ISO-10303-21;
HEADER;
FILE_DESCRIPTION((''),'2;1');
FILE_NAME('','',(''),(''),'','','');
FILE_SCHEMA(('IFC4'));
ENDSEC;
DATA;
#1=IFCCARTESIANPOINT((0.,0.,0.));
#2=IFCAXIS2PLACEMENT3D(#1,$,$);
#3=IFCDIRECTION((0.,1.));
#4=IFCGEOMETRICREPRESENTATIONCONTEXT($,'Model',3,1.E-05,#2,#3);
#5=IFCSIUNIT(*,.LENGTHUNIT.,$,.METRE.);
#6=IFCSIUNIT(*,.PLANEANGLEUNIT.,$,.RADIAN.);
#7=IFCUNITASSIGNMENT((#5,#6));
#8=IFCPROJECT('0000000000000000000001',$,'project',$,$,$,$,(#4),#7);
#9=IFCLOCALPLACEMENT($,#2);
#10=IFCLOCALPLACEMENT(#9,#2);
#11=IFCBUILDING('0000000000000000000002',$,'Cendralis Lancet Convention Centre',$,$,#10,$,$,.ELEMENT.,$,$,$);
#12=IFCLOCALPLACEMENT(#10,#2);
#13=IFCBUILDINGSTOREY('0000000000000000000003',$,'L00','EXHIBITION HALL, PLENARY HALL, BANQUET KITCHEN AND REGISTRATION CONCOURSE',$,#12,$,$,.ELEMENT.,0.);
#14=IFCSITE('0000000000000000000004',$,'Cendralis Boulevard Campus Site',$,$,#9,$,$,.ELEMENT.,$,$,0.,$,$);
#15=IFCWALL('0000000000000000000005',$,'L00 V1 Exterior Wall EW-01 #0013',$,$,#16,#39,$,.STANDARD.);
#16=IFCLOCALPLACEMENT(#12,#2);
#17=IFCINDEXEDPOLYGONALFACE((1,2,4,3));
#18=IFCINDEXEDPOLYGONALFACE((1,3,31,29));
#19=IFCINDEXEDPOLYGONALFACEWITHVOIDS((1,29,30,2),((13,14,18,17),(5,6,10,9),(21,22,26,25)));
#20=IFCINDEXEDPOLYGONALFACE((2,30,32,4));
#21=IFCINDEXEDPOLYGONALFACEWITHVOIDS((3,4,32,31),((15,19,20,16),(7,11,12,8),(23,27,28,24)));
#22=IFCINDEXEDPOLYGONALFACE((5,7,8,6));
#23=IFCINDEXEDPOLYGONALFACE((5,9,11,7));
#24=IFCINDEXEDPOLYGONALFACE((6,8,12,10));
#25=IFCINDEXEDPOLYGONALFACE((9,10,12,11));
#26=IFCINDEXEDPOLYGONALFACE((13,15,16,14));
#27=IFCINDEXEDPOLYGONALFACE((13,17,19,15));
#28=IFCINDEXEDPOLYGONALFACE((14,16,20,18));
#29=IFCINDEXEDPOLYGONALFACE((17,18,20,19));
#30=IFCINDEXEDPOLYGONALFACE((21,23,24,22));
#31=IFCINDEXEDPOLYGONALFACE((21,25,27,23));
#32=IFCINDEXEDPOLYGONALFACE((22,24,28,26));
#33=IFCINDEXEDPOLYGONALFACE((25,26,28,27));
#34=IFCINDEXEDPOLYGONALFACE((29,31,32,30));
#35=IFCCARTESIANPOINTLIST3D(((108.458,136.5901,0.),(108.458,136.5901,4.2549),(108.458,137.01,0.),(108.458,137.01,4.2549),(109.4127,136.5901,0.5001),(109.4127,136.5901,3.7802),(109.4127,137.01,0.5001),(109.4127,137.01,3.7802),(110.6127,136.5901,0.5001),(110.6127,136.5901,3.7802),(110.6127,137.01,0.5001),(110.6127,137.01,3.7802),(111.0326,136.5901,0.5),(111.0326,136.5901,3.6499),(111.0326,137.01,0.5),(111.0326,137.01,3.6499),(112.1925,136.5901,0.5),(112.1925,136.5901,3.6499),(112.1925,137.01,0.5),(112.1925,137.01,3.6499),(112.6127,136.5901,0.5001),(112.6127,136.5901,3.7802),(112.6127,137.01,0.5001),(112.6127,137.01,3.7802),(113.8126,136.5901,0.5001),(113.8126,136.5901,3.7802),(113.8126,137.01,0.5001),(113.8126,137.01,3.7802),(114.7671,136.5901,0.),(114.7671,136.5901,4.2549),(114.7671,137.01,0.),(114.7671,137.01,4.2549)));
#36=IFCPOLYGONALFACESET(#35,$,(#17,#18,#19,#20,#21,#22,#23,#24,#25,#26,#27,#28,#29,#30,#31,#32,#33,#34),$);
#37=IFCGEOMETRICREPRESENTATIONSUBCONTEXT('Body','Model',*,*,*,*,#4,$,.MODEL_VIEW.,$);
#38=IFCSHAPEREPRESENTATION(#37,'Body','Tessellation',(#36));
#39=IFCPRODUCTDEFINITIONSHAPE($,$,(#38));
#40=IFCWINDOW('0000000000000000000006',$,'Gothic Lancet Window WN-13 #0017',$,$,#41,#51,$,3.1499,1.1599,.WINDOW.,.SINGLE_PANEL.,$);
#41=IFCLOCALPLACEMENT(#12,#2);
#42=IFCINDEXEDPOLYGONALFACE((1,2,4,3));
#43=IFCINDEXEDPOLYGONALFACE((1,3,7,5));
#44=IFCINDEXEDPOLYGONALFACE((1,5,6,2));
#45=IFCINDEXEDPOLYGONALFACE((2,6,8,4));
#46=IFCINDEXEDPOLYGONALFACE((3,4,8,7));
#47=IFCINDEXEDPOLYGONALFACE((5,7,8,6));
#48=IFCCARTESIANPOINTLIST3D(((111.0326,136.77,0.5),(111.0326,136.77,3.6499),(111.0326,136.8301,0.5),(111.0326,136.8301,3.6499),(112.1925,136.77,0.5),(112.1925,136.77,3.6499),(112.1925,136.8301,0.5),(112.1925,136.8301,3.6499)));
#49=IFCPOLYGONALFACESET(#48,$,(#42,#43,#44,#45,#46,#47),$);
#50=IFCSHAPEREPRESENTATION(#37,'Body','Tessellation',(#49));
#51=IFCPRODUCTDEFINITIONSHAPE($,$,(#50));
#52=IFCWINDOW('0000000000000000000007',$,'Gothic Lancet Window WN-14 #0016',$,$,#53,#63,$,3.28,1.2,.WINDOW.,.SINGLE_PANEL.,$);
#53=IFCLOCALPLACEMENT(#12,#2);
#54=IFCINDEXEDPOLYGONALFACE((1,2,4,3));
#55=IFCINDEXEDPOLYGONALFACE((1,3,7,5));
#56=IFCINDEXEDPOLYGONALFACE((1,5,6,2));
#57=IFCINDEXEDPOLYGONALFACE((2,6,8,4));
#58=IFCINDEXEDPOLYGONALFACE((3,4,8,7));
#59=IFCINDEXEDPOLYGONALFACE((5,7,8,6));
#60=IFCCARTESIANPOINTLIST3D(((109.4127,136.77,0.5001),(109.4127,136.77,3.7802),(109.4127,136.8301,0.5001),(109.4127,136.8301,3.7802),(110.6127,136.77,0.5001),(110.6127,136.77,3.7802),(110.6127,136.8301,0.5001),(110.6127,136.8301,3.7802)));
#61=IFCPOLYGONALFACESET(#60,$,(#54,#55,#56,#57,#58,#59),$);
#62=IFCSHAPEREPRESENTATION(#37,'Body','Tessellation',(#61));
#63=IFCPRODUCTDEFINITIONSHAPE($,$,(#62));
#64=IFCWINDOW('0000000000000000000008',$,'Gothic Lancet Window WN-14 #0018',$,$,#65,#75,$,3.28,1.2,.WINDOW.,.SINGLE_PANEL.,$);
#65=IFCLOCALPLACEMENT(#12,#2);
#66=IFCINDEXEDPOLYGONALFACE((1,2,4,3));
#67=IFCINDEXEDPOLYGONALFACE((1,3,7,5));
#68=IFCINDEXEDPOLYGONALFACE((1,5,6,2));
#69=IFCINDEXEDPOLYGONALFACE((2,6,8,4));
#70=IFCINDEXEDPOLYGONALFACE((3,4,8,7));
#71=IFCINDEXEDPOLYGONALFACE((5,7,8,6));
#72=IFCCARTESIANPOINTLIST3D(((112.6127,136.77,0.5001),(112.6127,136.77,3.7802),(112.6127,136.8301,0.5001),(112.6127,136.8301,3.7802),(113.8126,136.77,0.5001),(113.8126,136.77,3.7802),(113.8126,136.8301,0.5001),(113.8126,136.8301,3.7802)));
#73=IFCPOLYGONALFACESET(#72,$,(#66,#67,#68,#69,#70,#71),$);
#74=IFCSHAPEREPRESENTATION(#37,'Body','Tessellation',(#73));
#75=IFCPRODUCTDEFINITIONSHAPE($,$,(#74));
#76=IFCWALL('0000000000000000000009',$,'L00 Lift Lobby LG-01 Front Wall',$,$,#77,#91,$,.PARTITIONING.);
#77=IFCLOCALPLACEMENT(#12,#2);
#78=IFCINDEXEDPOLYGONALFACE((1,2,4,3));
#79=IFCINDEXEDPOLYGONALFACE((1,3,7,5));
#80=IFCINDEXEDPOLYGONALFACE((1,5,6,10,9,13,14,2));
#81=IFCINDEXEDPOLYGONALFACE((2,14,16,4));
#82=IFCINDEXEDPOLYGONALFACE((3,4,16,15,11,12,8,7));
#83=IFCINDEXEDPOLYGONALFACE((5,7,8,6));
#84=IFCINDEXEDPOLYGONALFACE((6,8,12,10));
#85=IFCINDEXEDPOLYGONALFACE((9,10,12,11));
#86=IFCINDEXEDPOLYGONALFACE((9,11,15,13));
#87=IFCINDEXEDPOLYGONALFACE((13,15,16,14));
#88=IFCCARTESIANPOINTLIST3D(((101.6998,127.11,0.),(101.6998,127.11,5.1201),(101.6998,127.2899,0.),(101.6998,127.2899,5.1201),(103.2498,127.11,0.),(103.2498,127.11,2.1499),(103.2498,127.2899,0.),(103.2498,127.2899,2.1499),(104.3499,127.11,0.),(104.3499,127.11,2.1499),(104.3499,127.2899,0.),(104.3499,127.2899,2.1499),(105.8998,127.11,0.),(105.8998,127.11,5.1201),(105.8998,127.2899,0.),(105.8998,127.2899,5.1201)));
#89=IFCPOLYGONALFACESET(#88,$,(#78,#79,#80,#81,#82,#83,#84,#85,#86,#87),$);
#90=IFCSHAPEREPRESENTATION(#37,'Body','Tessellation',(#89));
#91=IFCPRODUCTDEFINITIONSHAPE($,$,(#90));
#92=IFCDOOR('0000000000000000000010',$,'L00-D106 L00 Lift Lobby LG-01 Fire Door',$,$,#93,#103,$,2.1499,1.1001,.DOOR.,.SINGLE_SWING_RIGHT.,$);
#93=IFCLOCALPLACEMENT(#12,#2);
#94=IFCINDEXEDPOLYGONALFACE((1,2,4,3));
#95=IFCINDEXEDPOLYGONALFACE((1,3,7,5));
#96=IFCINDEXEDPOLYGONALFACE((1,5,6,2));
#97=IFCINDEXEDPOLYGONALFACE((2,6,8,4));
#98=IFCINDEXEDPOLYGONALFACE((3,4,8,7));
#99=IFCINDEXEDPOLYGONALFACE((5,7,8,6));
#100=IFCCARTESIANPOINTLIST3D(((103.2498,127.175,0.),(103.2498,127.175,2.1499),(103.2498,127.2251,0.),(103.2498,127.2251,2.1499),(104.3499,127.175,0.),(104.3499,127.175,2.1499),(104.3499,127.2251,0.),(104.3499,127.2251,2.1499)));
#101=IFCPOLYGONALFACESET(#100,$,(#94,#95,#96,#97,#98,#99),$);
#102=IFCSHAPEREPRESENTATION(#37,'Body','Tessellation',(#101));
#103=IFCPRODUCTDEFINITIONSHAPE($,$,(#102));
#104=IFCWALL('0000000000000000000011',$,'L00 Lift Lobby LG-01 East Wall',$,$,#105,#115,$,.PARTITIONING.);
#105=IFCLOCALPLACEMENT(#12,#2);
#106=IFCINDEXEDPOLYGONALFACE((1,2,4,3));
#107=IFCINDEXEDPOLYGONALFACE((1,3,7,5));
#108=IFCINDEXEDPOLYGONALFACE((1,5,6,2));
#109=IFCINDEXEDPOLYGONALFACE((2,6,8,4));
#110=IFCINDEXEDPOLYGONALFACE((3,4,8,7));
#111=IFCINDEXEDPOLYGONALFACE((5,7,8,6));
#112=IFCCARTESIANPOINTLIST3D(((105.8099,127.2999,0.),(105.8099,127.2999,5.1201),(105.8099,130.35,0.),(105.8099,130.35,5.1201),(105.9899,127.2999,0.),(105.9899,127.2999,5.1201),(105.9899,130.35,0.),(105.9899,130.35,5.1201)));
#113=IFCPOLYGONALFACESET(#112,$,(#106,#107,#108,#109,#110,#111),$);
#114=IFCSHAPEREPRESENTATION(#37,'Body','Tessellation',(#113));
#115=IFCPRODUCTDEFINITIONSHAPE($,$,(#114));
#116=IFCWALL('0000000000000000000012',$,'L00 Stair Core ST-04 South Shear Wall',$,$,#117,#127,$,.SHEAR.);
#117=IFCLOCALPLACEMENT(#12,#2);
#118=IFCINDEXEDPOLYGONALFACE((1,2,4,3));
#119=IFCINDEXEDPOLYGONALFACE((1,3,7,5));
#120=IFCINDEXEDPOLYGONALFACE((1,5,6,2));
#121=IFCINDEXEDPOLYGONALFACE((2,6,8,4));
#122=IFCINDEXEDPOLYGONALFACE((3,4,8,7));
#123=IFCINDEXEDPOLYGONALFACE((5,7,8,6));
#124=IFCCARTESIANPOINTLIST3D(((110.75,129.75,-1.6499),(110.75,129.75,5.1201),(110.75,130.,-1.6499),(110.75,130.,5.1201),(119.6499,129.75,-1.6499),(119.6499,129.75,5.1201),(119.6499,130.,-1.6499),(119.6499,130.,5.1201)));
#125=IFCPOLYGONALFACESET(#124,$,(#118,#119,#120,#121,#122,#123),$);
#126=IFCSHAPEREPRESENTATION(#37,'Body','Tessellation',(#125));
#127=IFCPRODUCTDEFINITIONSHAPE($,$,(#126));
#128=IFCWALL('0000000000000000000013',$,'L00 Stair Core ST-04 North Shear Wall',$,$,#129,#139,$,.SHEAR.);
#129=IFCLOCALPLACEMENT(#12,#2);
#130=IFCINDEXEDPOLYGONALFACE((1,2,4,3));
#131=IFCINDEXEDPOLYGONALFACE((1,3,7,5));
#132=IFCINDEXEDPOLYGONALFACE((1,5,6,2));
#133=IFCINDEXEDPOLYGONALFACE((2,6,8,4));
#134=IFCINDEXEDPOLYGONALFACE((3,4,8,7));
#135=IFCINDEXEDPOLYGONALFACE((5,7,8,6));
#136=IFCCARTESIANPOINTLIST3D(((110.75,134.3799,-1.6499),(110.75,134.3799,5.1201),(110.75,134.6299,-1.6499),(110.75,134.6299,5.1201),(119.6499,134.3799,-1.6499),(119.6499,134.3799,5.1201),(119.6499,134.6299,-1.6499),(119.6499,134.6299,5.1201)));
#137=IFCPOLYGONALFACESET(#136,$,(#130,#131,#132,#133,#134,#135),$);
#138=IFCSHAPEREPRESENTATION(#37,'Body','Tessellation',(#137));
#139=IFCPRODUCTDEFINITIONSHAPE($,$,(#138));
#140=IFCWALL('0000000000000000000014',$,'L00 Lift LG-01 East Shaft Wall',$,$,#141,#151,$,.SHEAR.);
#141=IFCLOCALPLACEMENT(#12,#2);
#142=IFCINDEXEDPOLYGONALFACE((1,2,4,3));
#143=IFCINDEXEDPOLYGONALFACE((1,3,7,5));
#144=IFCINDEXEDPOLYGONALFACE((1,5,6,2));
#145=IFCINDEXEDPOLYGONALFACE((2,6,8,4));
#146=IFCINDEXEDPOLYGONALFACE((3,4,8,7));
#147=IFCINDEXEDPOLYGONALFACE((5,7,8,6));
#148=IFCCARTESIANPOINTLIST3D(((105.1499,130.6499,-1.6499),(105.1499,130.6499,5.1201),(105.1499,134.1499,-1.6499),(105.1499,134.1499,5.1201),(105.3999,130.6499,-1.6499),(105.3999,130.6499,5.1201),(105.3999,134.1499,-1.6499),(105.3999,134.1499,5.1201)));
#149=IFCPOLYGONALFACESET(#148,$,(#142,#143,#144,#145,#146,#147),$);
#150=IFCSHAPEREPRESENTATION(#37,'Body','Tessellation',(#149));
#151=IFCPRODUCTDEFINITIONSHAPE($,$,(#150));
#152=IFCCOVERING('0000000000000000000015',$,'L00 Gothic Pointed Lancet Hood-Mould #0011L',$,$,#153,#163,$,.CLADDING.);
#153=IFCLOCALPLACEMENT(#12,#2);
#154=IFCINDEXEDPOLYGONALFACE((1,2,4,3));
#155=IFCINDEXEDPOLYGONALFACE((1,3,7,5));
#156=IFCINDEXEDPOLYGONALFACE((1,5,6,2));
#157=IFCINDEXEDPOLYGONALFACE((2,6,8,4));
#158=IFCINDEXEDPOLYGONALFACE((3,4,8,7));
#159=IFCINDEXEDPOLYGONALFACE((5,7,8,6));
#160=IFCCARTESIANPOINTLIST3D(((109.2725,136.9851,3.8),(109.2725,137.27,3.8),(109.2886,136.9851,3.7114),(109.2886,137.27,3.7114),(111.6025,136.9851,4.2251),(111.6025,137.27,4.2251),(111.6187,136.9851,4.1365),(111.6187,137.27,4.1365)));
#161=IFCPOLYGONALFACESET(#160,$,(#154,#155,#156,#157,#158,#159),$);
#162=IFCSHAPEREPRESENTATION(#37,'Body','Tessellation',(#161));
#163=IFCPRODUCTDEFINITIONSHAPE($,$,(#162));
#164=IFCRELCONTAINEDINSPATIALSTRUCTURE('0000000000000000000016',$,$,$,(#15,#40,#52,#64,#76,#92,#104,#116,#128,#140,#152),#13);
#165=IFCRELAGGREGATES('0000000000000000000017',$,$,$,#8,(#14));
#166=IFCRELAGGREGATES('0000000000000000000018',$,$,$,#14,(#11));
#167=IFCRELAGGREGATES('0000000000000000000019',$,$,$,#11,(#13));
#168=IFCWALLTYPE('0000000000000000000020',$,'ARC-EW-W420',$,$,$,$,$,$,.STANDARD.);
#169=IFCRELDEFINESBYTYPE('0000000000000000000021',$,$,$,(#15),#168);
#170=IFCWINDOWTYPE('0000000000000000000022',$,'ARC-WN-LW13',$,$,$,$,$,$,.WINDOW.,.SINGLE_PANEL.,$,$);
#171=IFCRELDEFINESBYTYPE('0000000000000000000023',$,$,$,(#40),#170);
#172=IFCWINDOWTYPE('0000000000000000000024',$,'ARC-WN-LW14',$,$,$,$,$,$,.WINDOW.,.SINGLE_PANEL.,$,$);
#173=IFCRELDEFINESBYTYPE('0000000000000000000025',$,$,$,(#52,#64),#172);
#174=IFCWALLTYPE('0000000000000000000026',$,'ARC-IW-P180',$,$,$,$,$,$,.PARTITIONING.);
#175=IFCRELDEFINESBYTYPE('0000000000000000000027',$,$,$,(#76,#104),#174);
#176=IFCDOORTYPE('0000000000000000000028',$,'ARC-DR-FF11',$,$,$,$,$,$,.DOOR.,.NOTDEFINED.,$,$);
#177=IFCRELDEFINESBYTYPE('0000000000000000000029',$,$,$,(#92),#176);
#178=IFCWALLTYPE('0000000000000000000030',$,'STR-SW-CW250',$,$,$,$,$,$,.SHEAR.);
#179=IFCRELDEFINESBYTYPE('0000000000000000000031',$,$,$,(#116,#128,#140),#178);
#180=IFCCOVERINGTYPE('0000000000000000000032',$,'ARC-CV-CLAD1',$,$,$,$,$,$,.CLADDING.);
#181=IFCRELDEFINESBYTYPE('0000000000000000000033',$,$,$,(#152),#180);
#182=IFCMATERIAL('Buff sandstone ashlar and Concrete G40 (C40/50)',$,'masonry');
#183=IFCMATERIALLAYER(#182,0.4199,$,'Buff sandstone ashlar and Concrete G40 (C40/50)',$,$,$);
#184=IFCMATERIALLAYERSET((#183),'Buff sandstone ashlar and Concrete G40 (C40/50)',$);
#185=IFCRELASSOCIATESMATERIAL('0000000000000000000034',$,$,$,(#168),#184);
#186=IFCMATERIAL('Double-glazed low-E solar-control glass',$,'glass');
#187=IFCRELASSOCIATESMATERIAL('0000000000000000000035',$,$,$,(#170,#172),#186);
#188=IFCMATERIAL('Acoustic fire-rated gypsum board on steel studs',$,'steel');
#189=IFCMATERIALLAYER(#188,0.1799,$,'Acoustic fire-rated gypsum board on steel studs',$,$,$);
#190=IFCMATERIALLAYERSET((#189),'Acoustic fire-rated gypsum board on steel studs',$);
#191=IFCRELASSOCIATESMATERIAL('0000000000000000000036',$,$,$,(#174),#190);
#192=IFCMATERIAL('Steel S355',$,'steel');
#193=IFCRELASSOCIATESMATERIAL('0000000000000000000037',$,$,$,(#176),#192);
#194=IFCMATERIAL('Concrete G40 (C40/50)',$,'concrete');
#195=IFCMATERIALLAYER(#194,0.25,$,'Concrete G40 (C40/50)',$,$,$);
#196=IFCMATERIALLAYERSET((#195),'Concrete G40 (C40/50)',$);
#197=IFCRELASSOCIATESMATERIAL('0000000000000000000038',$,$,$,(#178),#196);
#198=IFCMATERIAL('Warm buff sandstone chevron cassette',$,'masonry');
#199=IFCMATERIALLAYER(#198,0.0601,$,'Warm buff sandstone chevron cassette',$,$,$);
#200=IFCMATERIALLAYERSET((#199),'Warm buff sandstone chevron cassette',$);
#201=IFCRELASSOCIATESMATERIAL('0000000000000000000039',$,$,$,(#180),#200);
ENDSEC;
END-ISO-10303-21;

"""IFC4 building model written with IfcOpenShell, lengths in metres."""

from ifc_helpers import new_model, si_unit, direction, frame, frame_2d, origin, place, context, subcontext, project, spatial, polyline, rectangle, outline, extrude, material, layer, layer_set, type_object, element, fill, save


model = new_model("IFC4")

# Units and contexts
model_context = context("Model", 3, precision=1e-05, world=origin(), true_north=direction((0.0, 1.0)))
body_context = subcontext(model_context, "Body", "Model", "MODEL_VIEW")
ifc_project = project(units=[si_unit("LENGTHUNIT", "METRE"), si_unit("PLANEANGLEUNIT", "RADIAN")], contexts=[model_context])

# Site, building, storey
site_placement = place(None, origin())
site = spatial("IfcSite", under=ifc_project, at=site_placement, Name="Cendralis Boulevard Campus Site", CompositionType="ELEMENT", RefElevation=0.0)
building_placement = place(site_placement, origin())
building = spatial("IfcBuilding", under=site, at=building_placement, Name="Cendralis Lancet Convention Centre", CompositionType="ELEMENT")
storey_placement = place(building_placement, origin())
storey = spatial("IfcBuildingStorey", under=building, at=storey_placement, Name="L00", Description="EXHIBITION HALL, PLENARY HALL, BANQUET KITCHEN AND REGISTRATION CONCOURSE", CompositionType="ELEMENT", Elevation=0.0)

# Shared definitions
ifc_material_1 = material(Name="Concrete G40 (C40/50)", Category="concrete")

# Wall, openings, windows
ifc_material_2 = material(Name="Buff sandstone ashlar and Concrete G40 (C40/50)", Category="masonry")
ifc_layer_1 = layer(ifc_material_2, 0.4199, Name="Buff sandstone ashlar and Concrete G40 (C40/50)")
ifc_layer_set_1 = layer_set([ifc_layer_1], Name="Buff sandstone ashlar and Concrete G40 (C40/50)")
wall_type_1 = type_object("IfcWallType", Name="ARC-EW-W420", PredefinedType="STANDARD", material=ifc_layer_set_1)
wall_1_placement = place(storey_placement, frame((108.458, 136.8, 0.0), z_axis=(0.0, 0.0, 1.0), x_axis=(1.0, 0.0, 0.0)))
wall_1 = element("IfcWall", 1, at=wall_1_placement, inside=storey, type_object=wall_type_1, Name="L00 V1 Exterior Wall EW-01 #0013", PredefinedType="STANDARD", context=body_context, shape_type="SweptSolid", body=[
    extrude(rectangle(XDim=6.3091, YDim=0.4199, at=frame_2d((3.1545, 0.0))), origin(), (0.0, 0.0, 1.0), 4.2549),
])
opening_1_placement = place(wall_1_placement, frame((0.9546, 0.0, 0.5)))
opening_1 = element("IfcOpeningElement", 2, at=opening_1_placement, cuts=wall_1, PredefinedType="OPENING", context=body_context, shape_type="SweptSolid", body=[
    extrude(rectangle(XDim=1.2, YDim=3.28, at=frame_2d((0.6001, 1.6401))), frame((0.0, 0.22, 0.0), z_axis=(0.0, -1.0, 0.0), x_axis=(1.0, 0.0, 0.0)), (0.0, 0.0, 1.0), 0.4399),
])
opening_2_placement = place(wall_1_placement, frame((2.5745, 0.0, 0.5)))
opening_2 = element("IfcOpeningElement", 3, at=opening_2_placement, cuts=wall_1, PredefinedType="OPENING", context=body_context, shape_type="SweptSolid", body=[
    extrude(rectangle(XDim=1.1599, YDim=3.1499, at=frame_2d((0.5801, 1.575))), frame((0.0, 0.22, 0.0), z_axis=(0.0, -1.0, 0.0), x_axis=(1.0, 0.0, 0.0)), (0.0, 0.0, 1.0), 0.4399),
])
opening_3_placement = place(wall_1_placement, frame((4.1545, 0.0, 0.5)))
opening_3 = element("IfcOpeningElement", 4, at=opening_3_placement, cuts=wall_1, PredefinedType="OPENING", context=body_context, shape_type="SweptSolid", body=[
    extrude(rectangle(XDim=1.2, YDim=3.28, at=frame_2d((0.6001, 1.6401))), frame((0.0, 0.22, 0.0), z_axis=(0.0, -1.0, 0.0), x_axis=(1.0, 0.0, 0.0)), (0.0, 0.0, 1.0), 0.4399),
])
ifc_material_3 = material(Name="Double-glazed low-E solar-control glass", Category="glass")
window_type_1 = type_object("IfcWindowType", Name="ARC-WN-LW13", PartitioningType="SINGLE_PANEL", PredefinedType="WINDOW", material=ifc_material_3)
window_1_placement = place(opening_2_placement, origin())
window_1 = element("IfcWindow", 5, at=window_1_placement, inside=storey, type_object=window_type_1, Name="Gothic Lancet Window WN-13 #0017", OverallHeight=3.1499, OverallWidth=1.1599, PartitioningType="SINGLE_PANEL", PredefinedType="WINDOW", context=body_context, shape_type="SweptSolid", body=[
    extrude(rectangle(XDim=1.1599, YDim=3.1499, at=frame_2d((0.5801, 1.575))), frame((0.0, 0.03, 0.0), z_axis=(0.0, -1.0, 0.0), x_axis=(1.0, 0.0, 0.0)), (0.0, 0.0, 1.0), 0.0601),
])
fill(opening_2, window_1)
window_type_2 = type_object("IfcWindowType", Name="ARC-WN-LW14", PartitioningType="SINGLE_PANEL", PredefinedType="WINDOW", material=ifc_material_3)
window_2_placement = place(opening_1_placement, origin())
window_2 = element("IfcWindow", 6, at=window_2_placement, inside=storey, type_object=window_type_2, Name="Gothic Lancet Window WN-14 #0016", OverallHeight=3.28, OverallWidth=1.2, PartitioningType="SINGLE_PANEL", PredefinedType="WINDOW", context=body_context, shape_type="SweptSolid", body=[
    extrude(rectangle(XDim=1.2, YDim=3.28, at=frame_2d((0.6001, 1.6401))), frame((0.0, 0.03, 0.0), z_axis=(0.0, -1.0, 0.0), x_axis=(1.0, 0.0, 0.0)), (0.0, 0.0, 1.0), 0.0601),
])
fill(opening_1, window_2)
window_3_placement = place(opening_3_placement, origin())
window_3 = element("IfcWindow", 7, at=window_3_placement, inside=storey, type_object=window_type_2, Name="Gothic Lancet Window WN-14 #0018", OverallHeight=3.28, OverallWidth=1.2, PartitioningType="SINGLE_PANEL", PredefinedType="WINDOW", context=body_context, shape_type="SweptSolid", body=[
    extrude(rectangle(XDim=1.2, YDim=3.28, at=frame_2d((0.6001, 1.6401))), frame((0.0, 0.03, 0.0), z_axis=(0.0, -1.0, 0.0), x_axis=(1.0, 0.0, 0.0)), (0.0, 0.0, 1.0), 0.0601),
])
fill(opening_3, window_3)

# Wall, opening, door
ifc_material_4 = material(Name="Acoustic fire-rated gypsum board on steel studs", Category="steel")
ifc_layer_2 = layer(ifc_material_4, 0.1799, Name="Acoustic fire-rated gypsum board on steel studs")
ifc_layer_set_2 = layer_set([ifc_layer_2], Name="Acoustic fire-rated gypsum board on steel studs")
wall_type_2 = type_object("IfcWallType", Name="ARC-IW-P180", PredefinedType="PARTITIONING", material=ifc_layer_set_2)
wall_2_placement = place(storey_placement, frame((105.8999, 127.2, 0.0), z_axis=(0.0, 0.0, 1.0), x_axis=(-1.0, 0.0, 0.0)))
wall_2 = element("IfcWall", 8, at=wall_2_placement, inside=storey, type_object=wall_type_2, Name="L00 Lift Lobby LG-01 Front Wall", PredefinedType="PARTITIONING", context=body_context, shape_type="SweptSolid", body=[
    extrude(rectangle(XDim=4.2, YDim=0.1799, at=frame_2d((2.1001, 0.0))), origin(), (0.0, 0.0, 1.0), 5.1201),
])
opening_4_placement = place(wall_2_placement, frame((1.55, 0.0, 0.0)))
opening_4 = element("IfcOpeningElement", 9, at=opening_4_placement, cuts=wall_2, PredefinedType="OPENING", context=body_context, shape_type="SweptSolid", body=[
    extrude(rectangle(XDim=1.1001, YDim=2.1499, at=frame_2d((0.55, 1.075))), frame((0.0, 0.0999, 0.0), z_axis=(0.0, -1.0, 0.0), x_axis=(1.0, 0.0, 0.0)), (0.0, 0.0, 1.0), 0.2),
])
ifc_material_5 = material(Name="Steel S355", Category="steel")
door_type = type_object("IfcDoorType", Name="ARC-DR-FF11", OperationType="NOTDEFINED", PredefinedType="DOOR", material=ifc_material_5)
door_placement = place(opening_4_placement, origin())
door = element("IfcDoor", 10, at=door_placement, inside=storey, type_object=door_type, Name="L00-D106 L00 Lift Lobby LG-01 Fire Door", OperationType="SINGLE_SWING_RIGHT", OverallHeight=2.1499, OverallWidth=1.1001, PredefinedType="DOOR", context=body_context, shape_type="SweptSolid", body=[
    extrude(rectangle(XDim=1.1001, YDim=2.1499, at=frame_2d((0.55, 1.075))), frame((0.0, 0.0249, 0.0), z_axis=(0.0, -1.0, 0.0), x_axis=(1.0, 0.0, 0.0)), (0.0, 0.0, 1.0), 0.05),
])
fill(opening_4, door)

# Walls
wall_3_placement = place(storey_placement, frame((105.8999, 127.3, 0.0), z_axis=(0.0, 0.0, 1.0), x_axis=(0.0, 1.0, 0.0)))
element("IfcWall", 11, at=wall_3_placement, inside=storey, type_object=wall_type_2, Name="L00 Lift Lobby LG-01 East Wall", PredefinedType="PARTITIONING", context=body_context, shape_type="SweptSolid", body=[
    extrude(rectangle(XDim=3.05, YDim=0.1799, at=frame_2d((1.5249, 0.0))), origin(), (0.0, 0.0, 1.0), 5.1201),
])
ifc_layer_3 = layer(ifc_material_1, 0.25, Name="Concrete G40 (C40/50)")
ifc_layer_set_3 = layer_set([ifc_layer_3], Name="Concrete G40 (C40/50)")
wall_type_3 = type_object("IfcWallType", Name="STR-SW-CW250", PredefinedType="SHEAR", material=ifc_layer_set_3)
for number, where, z_axis, x_axis, name in (
    (12, (110.75, 129.875, -1.6499), (0.0, 0.0, 1.0), (1.0, 0.0, 0.0), "L00 Stair Core ST-04 South Shear Wall"),
    (13, (110.75, 134.5049, -1.6499), (0.0, 0.0, 1.0), (1.0, 0.0, 0.0), "L00 Stair Core ST-04 North Shear Wall"),
):
    element("IfcWall", number, at=place(storey_placement, frame(where, z_axis=z_axis, x_axis=x_axis)), inside=storey, type_object=wall_type_3, Name=name, PredefinedType="SHEAR", context=body_context, shape_type="SweptSolid", body=[
        extrude(rectangle(XDim=8.8999, YDim=0.25, at=frame_2d((4.45, 0.0))), origin(), (0.0, 0.0, 1.0), 6.77),
    ])
wall_4_placement = place(storey_placement, frame((105.2749, 130.6499, -1.6499), z_axis=(0.0, 0.0, 1.0), x_axis=(0.0, 1.0, 0.0)))
element("IfcWall", 14, at=wall_4_placement, inside=storey, type_object=wall_type_3, Name="L00 Lift LG-01 East Shaft Wall", PredefinedType="SHEAR", context=body_context, shape_type="SweptSolid", body=[
    extrude(rectangle(XDim=3.5, YDim=0.25, at=frame_2d((1.75, 0.0))), origin(), (0.0, 0.0, 1.0), 6.77),
])

# Covering
ifc_material_6 = material(Name="Warm buff sandstone chevron cassette", Category="masonry")
ifc_layer_4 = layer(ifc_material_6, 0.0601, Name="Warm buff sandstone chevron cassette")
ifc_layer_set_4 = layer_set([ifc_layer_4], Name="Warm buff sandstone chevron cassette")
covering_type = type_object("IfcCoveringType", Name="ARC-CV-CLAD1", PredefinedType="CLADDING", material=ifc_layer_set_4)
covering_placement = place(storey_placement, frame((109.2725, 137.27, 3.8), z_axis=(-0.179457, 0.0, 0.983766), x_axis=(0.0, -1.0, 0.0)))
element("IfcCovering", 15, at=covering_placement, inside=storey, type_object=covering_type, Name="L00 Gothic Pointed Lancet Hood-Mould #0011L", PredefinedType="CLADDING", context=body_context, shape_type="SweptSolid", body=[
    extrude(outline(polyline([(0.0, 0.0), (0.2849, 0.0), (0.2849, 2.3685), (0.0, 2.3685), (0.0, 0.0)])), origin(), (0.0, 0.0, -1.0), 0.0901),
])

save(model, "model.ifc")
